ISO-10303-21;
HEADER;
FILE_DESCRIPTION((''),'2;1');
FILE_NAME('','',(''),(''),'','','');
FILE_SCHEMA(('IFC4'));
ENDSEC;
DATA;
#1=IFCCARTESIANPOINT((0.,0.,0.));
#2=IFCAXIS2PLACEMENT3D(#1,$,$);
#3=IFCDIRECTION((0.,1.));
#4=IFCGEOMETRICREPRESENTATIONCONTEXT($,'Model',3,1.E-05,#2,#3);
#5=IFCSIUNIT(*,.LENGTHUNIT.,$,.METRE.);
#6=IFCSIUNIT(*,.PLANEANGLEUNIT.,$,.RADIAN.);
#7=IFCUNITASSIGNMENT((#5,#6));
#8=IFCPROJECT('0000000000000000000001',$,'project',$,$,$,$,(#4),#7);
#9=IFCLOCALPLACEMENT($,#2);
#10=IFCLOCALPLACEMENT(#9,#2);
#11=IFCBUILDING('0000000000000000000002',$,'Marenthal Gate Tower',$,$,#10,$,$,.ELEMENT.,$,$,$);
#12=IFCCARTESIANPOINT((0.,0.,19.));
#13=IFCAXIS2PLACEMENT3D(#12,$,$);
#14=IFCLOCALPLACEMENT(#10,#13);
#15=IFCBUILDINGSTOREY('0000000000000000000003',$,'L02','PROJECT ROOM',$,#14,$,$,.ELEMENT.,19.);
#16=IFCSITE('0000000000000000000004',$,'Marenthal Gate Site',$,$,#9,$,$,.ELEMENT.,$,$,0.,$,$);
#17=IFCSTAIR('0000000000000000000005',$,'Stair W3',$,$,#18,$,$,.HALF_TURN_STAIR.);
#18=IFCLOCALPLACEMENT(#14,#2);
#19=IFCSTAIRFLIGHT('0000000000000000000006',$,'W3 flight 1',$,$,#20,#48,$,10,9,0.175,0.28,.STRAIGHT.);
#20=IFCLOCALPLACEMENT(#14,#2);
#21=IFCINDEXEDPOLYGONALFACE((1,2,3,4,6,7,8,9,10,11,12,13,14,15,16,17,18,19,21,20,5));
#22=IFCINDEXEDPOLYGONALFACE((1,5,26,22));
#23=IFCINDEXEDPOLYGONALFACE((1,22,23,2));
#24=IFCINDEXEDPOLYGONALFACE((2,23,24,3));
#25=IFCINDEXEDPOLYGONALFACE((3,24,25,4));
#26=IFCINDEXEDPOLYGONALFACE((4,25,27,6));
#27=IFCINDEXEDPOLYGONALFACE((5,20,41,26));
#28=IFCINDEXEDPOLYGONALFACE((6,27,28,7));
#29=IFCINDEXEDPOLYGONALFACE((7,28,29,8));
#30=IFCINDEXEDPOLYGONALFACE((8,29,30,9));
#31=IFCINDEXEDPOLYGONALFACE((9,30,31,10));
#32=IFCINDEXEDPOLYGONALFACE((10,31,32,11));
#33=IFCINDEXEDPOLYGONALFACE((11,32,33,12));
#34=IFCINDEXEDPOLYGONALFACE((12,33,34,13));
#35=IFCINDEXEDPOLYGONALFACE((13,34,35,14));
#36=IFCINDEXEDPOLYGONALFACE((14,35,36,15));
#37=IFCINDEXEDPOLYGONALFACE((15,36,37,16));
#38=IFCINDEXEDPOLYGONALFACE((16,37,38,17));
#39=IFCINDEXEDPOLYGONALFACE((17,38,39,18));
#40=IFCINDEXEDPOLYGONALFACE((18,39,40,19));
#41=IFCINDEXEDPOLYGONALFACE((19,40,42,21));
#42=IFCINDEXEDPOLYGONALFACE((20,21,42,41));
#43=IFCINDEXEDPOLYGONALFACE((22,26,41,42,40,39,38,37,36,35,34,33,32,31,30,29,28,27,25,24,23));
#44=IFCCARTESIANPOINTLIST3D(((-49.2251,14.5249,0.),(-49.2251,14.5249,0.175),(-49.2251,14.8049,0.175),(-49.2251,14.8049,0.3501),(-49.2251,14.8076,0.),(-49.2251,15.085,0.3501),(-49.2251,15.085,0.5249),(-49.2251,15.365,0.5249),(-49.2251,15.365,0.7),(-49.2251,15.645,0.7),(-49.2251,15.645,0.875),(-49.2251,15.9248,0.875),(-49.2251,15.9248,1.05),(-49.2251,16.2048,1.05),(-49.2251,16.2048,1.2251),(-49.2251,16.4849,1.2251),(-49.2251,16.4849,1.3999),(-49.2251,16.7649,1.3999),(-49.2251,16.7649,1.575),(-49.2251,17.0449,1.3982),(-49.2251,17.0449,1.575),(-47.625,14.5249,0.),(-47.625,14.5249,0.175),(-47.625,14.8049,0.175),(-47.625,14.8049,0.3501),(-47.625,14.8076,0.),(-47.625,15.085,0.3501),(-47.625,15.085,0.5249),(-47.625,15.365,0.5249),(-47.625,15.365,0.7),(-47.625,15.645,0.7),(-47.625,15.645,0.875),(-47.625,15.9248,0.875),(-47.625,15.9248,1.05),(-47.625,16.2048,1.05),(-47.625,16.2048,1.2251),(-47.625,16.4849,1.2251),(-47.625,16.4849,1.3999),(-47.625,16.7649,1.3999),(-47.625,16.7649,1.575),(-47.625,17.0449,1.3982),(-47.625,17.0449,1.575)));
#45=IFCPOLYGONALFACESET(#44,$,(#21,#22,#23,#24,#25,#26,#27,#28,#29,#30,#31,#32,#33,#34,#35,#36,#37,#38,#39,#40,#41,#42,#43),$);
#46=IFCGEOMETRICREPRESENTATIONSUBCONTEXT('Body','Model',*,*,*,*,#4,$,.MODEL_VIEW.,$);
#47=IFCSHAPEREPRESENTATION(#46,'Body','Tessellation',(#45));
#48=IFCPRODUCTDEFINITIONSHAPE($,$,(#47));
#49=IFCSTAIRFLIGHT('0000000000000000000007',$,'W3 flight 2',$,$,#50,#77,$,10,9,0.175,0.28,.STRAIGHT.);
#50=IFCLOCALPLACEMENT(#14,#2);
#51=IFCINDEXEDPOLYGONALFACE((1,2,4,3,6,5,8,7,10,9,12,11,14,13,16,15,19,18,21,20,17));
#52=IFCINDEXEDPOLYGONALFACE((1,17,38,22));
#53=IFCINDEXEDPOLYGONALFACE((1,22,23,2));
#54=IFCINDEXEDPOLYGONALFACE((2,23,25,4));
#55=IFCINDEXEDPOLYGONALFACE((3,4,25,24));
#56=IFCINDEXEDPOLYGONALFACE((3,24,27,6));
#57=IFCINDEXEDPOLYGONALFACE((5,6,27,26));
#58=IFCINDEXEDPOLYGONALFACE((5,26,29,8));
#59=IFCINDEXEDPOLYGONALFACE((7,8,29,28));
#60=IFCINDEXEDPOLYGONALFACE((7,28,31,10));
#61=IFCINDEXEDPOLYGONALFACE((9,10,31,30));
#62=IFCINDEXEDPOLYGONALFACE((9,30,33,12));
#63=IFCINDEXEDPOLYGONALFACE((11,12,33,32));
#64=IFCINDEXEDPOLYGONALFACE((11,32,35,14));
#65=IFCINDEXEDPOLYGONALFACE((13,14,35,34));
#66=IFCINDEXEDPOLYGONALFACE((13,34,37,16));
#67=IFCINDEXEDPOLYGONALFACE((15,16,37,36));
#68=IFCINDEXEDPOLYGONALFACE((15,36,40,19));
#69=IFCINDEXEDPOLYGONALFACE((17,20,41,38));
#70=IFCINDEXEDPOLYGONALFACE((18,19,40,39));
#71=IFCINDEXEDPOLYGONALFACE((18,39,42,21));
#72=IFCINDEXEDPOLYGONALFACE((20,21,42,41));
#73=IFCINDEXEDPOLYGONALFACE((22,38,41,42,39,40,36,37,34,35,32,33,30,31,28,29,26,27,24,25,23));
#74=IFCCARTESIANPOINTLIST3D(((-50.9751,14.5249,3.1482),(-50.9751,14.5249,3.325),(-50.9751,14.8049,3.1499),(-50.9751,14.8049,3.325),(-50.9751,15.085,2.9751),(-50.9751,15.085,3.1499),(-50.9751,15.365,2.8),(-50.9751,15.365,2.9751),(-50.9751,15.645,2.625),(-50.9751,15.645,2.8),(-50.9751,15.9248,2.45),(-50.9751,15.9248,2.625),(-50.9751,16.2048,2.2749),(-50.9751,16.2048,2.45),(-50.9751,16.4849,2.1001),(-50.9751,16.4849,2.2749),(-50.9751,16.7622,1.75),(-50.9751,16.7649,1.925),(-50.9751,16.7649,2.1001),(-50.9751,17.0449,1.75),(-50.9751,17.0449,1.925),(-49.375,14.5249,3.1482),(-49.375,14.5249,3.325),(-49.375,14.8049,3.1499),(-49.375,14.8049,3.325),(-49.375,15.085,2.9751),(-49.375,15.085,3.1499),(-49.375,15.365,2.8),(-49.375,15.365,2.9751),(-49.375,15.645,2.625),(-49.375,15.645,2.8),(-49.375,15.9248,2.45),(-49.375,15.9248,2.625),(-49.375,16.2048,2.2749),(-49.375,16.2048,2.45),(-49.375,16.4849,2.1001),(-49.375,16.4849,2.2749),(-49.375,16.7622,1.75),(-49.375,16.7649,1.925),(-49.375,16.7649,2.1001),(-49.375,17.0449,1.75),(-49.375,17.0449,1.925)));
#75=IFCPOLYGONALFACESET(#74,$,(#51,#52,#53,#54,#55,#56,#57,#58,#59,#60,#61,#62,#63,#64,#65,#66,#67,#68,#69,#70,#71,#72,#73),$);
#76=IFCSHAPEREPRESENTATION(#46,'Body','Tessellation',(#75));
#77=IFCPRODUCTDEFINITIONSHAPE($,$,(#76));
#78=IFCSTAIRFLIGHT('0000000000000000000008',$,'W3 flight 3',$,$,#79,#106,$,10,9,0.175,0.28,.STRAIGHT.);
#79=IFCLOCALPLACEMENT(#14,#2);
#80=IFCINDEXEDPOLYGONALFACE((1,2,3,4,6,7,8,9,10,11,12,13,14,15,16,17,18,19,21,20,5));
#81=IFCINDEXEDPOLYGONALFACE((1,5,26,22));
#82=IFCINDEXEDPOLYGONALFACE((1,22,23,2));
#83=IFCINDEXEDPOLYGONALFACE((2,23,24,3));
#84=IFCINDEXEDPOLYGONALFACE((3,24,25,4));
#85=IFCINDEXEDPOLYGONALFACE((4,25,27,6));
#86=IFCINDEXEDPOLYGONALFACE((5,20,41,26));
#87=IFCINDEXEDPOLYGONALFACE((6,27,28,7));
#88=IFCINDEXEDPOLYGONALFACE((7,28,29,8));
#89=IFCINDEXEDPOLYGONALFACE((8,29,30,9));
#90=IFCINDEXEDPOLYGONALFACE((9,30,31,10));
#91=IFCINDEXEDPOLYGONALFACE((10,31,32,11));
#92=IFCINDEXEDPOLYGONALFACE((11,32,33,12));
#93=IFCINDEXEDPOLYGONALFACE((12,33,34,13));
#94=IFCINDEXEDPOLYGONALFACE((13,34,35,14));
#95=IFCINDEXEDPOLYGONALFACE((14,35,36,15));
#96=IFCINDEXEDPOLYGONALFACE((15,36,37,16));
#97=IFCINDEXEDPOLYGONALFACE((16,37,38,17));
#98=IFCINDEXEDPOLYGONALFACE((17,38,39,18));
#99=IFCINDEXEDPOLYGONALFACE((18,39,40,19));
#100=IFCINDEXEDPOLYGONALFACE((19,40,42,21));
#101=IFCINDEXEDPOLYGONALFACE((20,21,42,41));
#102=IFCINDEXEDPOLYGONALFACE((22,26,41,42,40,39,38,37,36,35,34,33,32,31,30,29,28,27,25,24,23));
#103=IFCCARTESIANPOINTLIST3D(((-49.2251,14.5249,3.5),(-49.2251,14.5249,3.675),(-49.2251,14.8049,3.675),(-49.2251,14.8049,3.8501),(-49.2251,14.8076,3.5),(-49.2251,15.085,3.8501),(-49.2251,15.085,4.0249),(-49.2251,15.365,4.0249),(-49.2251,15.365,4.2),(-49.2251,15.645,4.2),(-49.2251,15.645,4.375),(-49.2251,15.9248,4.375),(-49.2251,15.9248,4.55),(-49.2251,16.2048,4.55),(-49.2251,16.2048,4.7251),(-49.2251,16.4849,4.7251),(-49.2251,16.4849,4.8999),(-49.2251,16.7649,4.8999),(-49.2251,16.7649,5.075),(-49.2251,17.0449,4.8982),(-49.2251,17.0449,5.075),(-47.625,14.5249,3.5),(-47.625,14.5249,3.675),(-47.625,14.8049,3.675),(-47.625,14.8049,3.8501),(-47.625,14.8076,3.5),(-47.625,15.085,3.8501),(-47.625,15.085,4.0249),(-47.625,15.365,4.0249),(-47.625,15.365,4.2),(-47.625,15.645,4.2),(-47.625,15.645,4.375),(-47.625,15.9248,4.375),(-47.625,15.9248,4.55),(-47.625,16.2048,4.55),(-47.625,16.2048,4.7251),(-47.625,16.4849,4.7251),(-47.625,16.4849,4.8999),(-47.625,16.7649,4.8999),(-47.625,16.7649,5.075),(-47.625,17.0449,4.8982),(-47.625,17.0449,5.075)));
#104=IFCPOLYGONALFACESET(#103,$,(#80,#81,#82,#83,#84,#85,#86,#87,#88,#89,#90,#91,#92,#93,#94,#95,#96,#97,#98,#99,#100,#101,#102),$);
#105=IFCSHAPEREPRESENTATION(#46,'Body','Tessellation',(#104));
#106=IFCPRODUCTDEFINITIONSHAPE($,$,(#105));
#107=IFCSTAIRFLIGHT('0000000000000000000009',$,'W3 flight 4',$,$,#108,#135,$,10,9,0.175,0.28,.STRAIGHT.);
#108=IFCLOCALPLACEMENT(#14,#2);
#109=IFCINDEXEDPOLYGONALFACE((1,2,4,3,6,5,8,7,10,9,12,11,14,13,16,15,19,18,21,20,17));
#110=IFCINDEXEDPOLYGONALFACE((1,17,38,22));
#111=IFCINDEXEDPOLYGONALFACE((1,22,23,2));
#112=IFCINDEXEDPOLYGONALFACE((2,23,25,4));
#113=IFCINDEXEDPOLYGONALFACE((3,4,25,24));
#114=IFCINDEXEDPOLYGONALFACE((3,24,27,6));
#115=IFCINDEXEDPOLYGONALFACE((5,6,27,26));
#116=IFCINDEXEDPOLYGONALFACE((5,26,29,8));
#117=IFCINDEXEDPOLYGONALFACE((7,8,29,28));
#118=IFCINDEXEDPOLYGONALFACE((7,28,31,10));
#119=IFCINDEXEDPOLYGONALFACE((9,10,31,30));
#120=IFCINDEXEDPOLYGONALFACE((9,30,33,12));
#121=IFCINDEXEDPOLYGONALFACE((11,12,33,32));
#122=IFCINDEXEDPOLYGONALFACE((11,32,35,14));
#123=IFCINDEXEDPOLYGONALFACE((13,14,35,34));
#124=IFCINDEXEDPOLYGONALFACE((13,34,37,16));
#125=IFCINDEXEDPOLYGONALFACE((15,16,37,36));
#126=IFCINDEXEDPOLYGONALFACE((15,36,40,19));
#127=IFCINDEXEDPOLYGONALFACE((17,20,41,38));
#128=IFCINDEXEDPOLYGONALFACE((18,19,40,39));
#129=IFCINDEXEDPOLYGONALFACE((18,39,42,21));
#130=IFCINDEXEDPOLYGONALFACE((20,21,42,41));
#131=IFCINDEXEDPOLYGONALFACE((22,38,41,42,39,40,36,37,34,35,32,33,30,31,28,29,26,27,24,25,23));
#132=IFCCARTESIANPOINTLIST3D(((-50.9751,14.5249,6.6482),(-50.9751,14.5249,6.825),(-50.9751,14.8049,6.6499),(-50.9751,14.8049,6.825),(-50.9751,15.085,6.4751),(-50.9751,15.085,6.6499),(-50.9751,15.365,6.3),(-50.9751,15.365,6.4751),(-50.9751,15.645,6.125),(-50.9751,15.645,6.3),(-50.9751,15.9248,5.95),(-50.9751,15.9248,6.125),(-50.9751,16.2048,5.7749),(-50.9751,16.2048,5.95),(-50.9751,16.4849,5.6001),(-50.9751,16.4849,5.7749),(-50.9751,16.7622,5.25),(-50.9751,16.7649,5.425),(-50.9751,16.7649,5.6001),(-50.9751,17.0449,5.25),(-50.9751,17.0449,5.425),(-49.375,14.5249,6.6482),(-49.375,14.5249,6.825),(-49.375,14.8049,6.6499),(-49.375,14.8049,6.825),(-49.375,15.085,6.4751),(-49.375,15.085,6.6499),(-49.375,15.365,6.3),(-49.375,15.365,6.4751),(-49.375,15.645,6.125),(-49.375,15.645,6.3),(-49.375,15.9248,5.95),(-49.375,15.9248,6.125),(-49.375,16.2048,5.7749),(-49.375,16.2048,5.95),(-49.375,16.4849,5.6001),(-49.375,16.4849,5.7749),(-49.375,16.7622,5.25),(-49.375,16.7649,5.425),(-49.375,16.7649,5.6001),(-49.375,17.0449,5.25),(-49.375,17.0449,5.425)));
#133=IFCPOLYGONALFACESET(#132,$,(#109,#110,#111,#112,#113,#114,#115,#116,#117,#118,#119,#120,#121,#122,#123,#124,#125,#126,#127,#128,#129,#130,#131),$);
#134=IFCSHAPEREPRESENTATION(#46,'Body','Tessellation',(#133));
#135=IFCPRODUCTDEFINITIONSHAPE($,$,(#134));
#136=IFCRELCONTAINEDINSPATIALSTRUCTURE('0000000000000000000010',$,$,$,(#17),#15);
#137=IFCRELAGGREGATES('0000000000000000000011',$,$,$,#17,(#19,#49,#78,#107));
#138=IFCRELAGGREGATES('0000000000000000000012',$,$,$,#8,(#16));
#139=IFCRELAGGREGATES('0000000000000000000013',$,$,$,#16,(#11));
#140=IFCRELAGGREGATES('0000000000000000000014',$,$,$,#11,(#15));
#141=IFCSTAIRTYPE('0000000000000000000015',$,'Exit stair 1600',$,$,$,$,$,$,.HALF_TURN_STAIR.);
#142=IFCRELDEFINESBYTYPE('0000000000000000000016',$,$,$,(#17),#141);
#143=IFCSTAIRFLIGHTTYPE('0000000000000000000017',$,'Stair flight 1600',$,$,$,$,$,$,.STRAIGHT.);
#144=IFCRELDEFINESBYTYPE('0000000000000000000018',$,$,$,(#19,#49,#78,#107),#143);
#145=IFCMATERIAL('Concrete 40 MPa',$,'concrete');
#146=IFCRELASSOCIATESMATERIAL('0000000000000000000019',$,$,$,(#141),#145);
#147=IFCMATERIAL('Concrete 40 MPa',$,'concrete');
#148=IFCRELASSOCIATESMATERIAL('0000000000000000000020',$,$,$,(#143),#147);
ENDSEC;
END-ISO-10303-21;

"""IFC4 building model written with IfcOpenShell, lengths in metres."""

from ifc_helpers import new_model, si_unit, direction, frame, origin, place, context, subcontext, project, spatial, polyline, outline, extrude, material, type_object, element, aggregate, save


model = new_model("IFC4")

# Units and contexts
model_context = context("Model", 3, precision=1e-05, world=origin(), true_north=direction((0.0, 1.0)))
body_context = subcontext(model_context, "Body", "Model", "MODEL_VIEW")
ifc_project = project(units=[si_unit("LENGTHUNIT", "METRE"), si_unit("PLANEANGLEUNIT", "RADIAN")], contexts=[model_context])

# Site, building, storey
site_placement = place(None, origin())
site = spatial("IfcSite", under=ifc_project, at=site_placement, Name="Marenthal Gate Site", CompositionType="ELEMENT", RefElevation=0.0)
building_placement = place(site_placement, origin())
building = spatial("IfcBuilding", under=site, at=building_placement, Name="Marenthal Gate Tower", CompositionType="ELEMENT")
storey_placement = place(building_placement, frame((0.0, 0.0, 19.0)))
storey = spatial("IfcBuildingStorey", under=building, at=storey_placement, Name="L02", Description="PROJECT ROOM", CompositionType="ELEMENT", Elevation=19.0)

# Stair, stair flights
ifc_material_1 = material(Name="Concrete 40 MPa", Category="concrete")
stair_type = type_object("IfcStairType", Name="Exit stair 1600", PredefinedType="HALF_TURN_STAIR", material=ifc_material_1)
stair_placement = place(storey_placement, origin())
stair = element("IfcStair", 1, at=stair_placement, inside=storey, type_object=stair_type, Name="Stair W3", PredefinedType="HALF_TURN_STAIR")
ifc_material_2 = material(Name="Concrete 40 MPa", Category="concrete")
stair_flight_type = type_object("IfcStairFlightType", Name="Stair flight 1600", PredefinedType="STRAIGHT", material=ifc_material_2)
stair_flight_1_placement = place(storey_placement, frame((-48.425, 14.5249, 0.0), z_axis=(0.0, 0.0, 1.0), x_axis=(0.0, 1.0, 0.0)))
stair_flight_1 = element("IfcStairFlight", 2, at=stair_flight_1_placement, type_object=stair_flight_type, Name="W3 flight 1", NumberOfRisers=10, NumberOfTreads=9, PredefinedType="STRAIGHT", RiserHeight=0.175, TreadLength=0.28, context=body_context, shape_type="SweptSolid", body=[
    extrude(outline(polyline([(0.0, 0.0), (0.0, 0.175), (0.28, 0.175), (0.28, 0.3501), (0.5601, 0.3501), (0.5601, 0.5249), (0.8401, 0.5249), (0.8401, 0.7), (1.1201, 0.7), (1.1201, 0.875), (1.3999, 0.875), (1.3999, 1.05), (1.6799, 1.05), (1.6799, 1.2251), (1.96, 1.2251), (1.96, 1.3999), (2.24, 1.3999), (2.24, 1.575), (2.52, 1.575), (2.52, 1.75), (2.52, 1.3982), (0.2827, 0.0), (0.0, 0.0)])), frame((0.0, 0.8, 0.0), z_axis=(0.0, -1.0, 0.0), x_axis=(1.0, 0.0, 0.0)), (0.0, 0.0, 1.0), 1.6001),
])
stair_flight_2_placement = place(storey_placement, frame((-50.175, 17.0449, 1.75), z_axis=(0.0, 0.0, 1.0), x_axis=(0.0, -1.0, 0.0)))
stair_flight_2 = element("IfcStairFlight", 3, at=stair_flight_2_placement, type_object=stair_flight_type, Name="W3 flight 2", NumberOfRisers=10, NumberOfTreads=9, PredefinedType="STRAIGHT", RiserHeight=0.175, TreadLength=0.28, context=body_context, shape_type="SweptSolid", body=[
    extrude(outline(polyline([(0.0, 0.0), (0.0, 0.175), (0.28, 0.175), (0.28, 0.3501), (0.5601, 0.3501), (0.5601, 0.5249), (0.8401, 0.5249), (0.8401, 0.7), (1.1201, 0.7), (1.1201, 0.875), (1.3999, 0.875), (1.3999, 1.05), (1.6799, 1.05), (1.6799, 1.2251), (1.96, 1.2251), (1.96, 1.3999), (2.24, 1.3999), (2.24, 1.575), (2.52, 1.575), (2.52, 1.75), (2.52, 1.3982), (0.2827, 0.0), (0.0, 0.0)])), frame((0.0, 0.8, 0.0), z_axis=(0.0, -1.0, 0.0), x_axis=(1.0, 0.0, 0.0)), (0.0, 0.0, 1.0), 1.6001),
])
stair_flight_3_placement = place(storey_placement, frame((-48.425, 14.5249, 3.5), z_axis=(0.0, 0.0, 1.0), x_axis=(0.0, 1.0, 0.0)))
stair_flight_3 = element("IfcStairFlight", 4, at=stair_flight_3_placement, type_object=stair_flight_type, Name="W3 flight 3", NumberOfRisers=10, NumberOfTreads=9, PredefinedType="STRAIGHT", RiserHeight=0.175, TreadLength=0.28, context=body_context, shape_type="SweptSolid", body=[
    extrude(outline(polyline([(0.0, 0.0), (0.0, 0.175), (0.28, 0.175), (0.28, 0.3501), (0.5601, 0.3501), (0.5601, 0.5249), (0.8401, 0.5249), (0.8401, 0.7), (1.1201, 0.7), (1.1201, 0.875), (1.3999, 0.875), (1.3999, 1.05), (1.6799, 1.05), (1.6799, 1.2251), (1.96, 1.2251), (1.96, 1.3999), (2.24, 1.3999), (2.24, 1.575), (2.52, 1.575), (2.52, 1.75), (2.52, 1.3982), (0.2827, 0.0), (0.0, 0.0)])), frame((0.0, 0.8, 0.0), z_axis=(0.0, -1.0, 0.0), x_axis=(1.0, 0.0, 0.0)), (0.0, 0.0, 1.0), 1.6001),
])
stair_flight_4_placement = place(storey_placement, frame((-50.175, 17.0449, 5.25), z_axis=(0.0, 0.0, 1.0), x_axis=(0.0, -1.0, 0.0)))
stair_flight_4 = element("IfcStairFlight", 5, at=stair_flight_4_placement, type_object=stair_flight_type, Name="W3 flight 4", NumberOfRisers=10, NumberOfTreads=9, PredefinedType="STRAIGHT", RiserHeight=0.175, TreadLength=0.28, context=body_context, shape_type="SweptSolid", body=[
    extrude(outline(polyline([(0.0, 0.0), (0.0, 0.175), (0.28, 0.175), (0.28, 0.3501), (0.5601, 0.3501), (0.5601, 0.5249), (0.8401, 0.5249), (0.8401, 0.7), (1.1201, 0.7), (1.1201, 0.875), (1.3999, 0.875), (1.3999, 1.05), (1.6799, 1.05), (1.6799, 1.2251), (1.96, 1.2251), (1.96, 1.3999), (2.24, 1.3999), (2.24, 1.575), (2.52, 1.575), (2.52, 1.75), (2.52, 1.3982), (0.2827, 0.0), (0.0, 0.0)])), frame((0.0, 0.8, 0.0), z_axis=(0.0, -1.0, 0.0), x_axis=(1.0, 0.0, 0.0)), (0.0, 0.0, 1.0), 1.6001),
])
aggregate(stair, [stair_flight_1, stair_flight_2, stair_flight_3, stair_flight_4])

save(model, "model.ifc")
